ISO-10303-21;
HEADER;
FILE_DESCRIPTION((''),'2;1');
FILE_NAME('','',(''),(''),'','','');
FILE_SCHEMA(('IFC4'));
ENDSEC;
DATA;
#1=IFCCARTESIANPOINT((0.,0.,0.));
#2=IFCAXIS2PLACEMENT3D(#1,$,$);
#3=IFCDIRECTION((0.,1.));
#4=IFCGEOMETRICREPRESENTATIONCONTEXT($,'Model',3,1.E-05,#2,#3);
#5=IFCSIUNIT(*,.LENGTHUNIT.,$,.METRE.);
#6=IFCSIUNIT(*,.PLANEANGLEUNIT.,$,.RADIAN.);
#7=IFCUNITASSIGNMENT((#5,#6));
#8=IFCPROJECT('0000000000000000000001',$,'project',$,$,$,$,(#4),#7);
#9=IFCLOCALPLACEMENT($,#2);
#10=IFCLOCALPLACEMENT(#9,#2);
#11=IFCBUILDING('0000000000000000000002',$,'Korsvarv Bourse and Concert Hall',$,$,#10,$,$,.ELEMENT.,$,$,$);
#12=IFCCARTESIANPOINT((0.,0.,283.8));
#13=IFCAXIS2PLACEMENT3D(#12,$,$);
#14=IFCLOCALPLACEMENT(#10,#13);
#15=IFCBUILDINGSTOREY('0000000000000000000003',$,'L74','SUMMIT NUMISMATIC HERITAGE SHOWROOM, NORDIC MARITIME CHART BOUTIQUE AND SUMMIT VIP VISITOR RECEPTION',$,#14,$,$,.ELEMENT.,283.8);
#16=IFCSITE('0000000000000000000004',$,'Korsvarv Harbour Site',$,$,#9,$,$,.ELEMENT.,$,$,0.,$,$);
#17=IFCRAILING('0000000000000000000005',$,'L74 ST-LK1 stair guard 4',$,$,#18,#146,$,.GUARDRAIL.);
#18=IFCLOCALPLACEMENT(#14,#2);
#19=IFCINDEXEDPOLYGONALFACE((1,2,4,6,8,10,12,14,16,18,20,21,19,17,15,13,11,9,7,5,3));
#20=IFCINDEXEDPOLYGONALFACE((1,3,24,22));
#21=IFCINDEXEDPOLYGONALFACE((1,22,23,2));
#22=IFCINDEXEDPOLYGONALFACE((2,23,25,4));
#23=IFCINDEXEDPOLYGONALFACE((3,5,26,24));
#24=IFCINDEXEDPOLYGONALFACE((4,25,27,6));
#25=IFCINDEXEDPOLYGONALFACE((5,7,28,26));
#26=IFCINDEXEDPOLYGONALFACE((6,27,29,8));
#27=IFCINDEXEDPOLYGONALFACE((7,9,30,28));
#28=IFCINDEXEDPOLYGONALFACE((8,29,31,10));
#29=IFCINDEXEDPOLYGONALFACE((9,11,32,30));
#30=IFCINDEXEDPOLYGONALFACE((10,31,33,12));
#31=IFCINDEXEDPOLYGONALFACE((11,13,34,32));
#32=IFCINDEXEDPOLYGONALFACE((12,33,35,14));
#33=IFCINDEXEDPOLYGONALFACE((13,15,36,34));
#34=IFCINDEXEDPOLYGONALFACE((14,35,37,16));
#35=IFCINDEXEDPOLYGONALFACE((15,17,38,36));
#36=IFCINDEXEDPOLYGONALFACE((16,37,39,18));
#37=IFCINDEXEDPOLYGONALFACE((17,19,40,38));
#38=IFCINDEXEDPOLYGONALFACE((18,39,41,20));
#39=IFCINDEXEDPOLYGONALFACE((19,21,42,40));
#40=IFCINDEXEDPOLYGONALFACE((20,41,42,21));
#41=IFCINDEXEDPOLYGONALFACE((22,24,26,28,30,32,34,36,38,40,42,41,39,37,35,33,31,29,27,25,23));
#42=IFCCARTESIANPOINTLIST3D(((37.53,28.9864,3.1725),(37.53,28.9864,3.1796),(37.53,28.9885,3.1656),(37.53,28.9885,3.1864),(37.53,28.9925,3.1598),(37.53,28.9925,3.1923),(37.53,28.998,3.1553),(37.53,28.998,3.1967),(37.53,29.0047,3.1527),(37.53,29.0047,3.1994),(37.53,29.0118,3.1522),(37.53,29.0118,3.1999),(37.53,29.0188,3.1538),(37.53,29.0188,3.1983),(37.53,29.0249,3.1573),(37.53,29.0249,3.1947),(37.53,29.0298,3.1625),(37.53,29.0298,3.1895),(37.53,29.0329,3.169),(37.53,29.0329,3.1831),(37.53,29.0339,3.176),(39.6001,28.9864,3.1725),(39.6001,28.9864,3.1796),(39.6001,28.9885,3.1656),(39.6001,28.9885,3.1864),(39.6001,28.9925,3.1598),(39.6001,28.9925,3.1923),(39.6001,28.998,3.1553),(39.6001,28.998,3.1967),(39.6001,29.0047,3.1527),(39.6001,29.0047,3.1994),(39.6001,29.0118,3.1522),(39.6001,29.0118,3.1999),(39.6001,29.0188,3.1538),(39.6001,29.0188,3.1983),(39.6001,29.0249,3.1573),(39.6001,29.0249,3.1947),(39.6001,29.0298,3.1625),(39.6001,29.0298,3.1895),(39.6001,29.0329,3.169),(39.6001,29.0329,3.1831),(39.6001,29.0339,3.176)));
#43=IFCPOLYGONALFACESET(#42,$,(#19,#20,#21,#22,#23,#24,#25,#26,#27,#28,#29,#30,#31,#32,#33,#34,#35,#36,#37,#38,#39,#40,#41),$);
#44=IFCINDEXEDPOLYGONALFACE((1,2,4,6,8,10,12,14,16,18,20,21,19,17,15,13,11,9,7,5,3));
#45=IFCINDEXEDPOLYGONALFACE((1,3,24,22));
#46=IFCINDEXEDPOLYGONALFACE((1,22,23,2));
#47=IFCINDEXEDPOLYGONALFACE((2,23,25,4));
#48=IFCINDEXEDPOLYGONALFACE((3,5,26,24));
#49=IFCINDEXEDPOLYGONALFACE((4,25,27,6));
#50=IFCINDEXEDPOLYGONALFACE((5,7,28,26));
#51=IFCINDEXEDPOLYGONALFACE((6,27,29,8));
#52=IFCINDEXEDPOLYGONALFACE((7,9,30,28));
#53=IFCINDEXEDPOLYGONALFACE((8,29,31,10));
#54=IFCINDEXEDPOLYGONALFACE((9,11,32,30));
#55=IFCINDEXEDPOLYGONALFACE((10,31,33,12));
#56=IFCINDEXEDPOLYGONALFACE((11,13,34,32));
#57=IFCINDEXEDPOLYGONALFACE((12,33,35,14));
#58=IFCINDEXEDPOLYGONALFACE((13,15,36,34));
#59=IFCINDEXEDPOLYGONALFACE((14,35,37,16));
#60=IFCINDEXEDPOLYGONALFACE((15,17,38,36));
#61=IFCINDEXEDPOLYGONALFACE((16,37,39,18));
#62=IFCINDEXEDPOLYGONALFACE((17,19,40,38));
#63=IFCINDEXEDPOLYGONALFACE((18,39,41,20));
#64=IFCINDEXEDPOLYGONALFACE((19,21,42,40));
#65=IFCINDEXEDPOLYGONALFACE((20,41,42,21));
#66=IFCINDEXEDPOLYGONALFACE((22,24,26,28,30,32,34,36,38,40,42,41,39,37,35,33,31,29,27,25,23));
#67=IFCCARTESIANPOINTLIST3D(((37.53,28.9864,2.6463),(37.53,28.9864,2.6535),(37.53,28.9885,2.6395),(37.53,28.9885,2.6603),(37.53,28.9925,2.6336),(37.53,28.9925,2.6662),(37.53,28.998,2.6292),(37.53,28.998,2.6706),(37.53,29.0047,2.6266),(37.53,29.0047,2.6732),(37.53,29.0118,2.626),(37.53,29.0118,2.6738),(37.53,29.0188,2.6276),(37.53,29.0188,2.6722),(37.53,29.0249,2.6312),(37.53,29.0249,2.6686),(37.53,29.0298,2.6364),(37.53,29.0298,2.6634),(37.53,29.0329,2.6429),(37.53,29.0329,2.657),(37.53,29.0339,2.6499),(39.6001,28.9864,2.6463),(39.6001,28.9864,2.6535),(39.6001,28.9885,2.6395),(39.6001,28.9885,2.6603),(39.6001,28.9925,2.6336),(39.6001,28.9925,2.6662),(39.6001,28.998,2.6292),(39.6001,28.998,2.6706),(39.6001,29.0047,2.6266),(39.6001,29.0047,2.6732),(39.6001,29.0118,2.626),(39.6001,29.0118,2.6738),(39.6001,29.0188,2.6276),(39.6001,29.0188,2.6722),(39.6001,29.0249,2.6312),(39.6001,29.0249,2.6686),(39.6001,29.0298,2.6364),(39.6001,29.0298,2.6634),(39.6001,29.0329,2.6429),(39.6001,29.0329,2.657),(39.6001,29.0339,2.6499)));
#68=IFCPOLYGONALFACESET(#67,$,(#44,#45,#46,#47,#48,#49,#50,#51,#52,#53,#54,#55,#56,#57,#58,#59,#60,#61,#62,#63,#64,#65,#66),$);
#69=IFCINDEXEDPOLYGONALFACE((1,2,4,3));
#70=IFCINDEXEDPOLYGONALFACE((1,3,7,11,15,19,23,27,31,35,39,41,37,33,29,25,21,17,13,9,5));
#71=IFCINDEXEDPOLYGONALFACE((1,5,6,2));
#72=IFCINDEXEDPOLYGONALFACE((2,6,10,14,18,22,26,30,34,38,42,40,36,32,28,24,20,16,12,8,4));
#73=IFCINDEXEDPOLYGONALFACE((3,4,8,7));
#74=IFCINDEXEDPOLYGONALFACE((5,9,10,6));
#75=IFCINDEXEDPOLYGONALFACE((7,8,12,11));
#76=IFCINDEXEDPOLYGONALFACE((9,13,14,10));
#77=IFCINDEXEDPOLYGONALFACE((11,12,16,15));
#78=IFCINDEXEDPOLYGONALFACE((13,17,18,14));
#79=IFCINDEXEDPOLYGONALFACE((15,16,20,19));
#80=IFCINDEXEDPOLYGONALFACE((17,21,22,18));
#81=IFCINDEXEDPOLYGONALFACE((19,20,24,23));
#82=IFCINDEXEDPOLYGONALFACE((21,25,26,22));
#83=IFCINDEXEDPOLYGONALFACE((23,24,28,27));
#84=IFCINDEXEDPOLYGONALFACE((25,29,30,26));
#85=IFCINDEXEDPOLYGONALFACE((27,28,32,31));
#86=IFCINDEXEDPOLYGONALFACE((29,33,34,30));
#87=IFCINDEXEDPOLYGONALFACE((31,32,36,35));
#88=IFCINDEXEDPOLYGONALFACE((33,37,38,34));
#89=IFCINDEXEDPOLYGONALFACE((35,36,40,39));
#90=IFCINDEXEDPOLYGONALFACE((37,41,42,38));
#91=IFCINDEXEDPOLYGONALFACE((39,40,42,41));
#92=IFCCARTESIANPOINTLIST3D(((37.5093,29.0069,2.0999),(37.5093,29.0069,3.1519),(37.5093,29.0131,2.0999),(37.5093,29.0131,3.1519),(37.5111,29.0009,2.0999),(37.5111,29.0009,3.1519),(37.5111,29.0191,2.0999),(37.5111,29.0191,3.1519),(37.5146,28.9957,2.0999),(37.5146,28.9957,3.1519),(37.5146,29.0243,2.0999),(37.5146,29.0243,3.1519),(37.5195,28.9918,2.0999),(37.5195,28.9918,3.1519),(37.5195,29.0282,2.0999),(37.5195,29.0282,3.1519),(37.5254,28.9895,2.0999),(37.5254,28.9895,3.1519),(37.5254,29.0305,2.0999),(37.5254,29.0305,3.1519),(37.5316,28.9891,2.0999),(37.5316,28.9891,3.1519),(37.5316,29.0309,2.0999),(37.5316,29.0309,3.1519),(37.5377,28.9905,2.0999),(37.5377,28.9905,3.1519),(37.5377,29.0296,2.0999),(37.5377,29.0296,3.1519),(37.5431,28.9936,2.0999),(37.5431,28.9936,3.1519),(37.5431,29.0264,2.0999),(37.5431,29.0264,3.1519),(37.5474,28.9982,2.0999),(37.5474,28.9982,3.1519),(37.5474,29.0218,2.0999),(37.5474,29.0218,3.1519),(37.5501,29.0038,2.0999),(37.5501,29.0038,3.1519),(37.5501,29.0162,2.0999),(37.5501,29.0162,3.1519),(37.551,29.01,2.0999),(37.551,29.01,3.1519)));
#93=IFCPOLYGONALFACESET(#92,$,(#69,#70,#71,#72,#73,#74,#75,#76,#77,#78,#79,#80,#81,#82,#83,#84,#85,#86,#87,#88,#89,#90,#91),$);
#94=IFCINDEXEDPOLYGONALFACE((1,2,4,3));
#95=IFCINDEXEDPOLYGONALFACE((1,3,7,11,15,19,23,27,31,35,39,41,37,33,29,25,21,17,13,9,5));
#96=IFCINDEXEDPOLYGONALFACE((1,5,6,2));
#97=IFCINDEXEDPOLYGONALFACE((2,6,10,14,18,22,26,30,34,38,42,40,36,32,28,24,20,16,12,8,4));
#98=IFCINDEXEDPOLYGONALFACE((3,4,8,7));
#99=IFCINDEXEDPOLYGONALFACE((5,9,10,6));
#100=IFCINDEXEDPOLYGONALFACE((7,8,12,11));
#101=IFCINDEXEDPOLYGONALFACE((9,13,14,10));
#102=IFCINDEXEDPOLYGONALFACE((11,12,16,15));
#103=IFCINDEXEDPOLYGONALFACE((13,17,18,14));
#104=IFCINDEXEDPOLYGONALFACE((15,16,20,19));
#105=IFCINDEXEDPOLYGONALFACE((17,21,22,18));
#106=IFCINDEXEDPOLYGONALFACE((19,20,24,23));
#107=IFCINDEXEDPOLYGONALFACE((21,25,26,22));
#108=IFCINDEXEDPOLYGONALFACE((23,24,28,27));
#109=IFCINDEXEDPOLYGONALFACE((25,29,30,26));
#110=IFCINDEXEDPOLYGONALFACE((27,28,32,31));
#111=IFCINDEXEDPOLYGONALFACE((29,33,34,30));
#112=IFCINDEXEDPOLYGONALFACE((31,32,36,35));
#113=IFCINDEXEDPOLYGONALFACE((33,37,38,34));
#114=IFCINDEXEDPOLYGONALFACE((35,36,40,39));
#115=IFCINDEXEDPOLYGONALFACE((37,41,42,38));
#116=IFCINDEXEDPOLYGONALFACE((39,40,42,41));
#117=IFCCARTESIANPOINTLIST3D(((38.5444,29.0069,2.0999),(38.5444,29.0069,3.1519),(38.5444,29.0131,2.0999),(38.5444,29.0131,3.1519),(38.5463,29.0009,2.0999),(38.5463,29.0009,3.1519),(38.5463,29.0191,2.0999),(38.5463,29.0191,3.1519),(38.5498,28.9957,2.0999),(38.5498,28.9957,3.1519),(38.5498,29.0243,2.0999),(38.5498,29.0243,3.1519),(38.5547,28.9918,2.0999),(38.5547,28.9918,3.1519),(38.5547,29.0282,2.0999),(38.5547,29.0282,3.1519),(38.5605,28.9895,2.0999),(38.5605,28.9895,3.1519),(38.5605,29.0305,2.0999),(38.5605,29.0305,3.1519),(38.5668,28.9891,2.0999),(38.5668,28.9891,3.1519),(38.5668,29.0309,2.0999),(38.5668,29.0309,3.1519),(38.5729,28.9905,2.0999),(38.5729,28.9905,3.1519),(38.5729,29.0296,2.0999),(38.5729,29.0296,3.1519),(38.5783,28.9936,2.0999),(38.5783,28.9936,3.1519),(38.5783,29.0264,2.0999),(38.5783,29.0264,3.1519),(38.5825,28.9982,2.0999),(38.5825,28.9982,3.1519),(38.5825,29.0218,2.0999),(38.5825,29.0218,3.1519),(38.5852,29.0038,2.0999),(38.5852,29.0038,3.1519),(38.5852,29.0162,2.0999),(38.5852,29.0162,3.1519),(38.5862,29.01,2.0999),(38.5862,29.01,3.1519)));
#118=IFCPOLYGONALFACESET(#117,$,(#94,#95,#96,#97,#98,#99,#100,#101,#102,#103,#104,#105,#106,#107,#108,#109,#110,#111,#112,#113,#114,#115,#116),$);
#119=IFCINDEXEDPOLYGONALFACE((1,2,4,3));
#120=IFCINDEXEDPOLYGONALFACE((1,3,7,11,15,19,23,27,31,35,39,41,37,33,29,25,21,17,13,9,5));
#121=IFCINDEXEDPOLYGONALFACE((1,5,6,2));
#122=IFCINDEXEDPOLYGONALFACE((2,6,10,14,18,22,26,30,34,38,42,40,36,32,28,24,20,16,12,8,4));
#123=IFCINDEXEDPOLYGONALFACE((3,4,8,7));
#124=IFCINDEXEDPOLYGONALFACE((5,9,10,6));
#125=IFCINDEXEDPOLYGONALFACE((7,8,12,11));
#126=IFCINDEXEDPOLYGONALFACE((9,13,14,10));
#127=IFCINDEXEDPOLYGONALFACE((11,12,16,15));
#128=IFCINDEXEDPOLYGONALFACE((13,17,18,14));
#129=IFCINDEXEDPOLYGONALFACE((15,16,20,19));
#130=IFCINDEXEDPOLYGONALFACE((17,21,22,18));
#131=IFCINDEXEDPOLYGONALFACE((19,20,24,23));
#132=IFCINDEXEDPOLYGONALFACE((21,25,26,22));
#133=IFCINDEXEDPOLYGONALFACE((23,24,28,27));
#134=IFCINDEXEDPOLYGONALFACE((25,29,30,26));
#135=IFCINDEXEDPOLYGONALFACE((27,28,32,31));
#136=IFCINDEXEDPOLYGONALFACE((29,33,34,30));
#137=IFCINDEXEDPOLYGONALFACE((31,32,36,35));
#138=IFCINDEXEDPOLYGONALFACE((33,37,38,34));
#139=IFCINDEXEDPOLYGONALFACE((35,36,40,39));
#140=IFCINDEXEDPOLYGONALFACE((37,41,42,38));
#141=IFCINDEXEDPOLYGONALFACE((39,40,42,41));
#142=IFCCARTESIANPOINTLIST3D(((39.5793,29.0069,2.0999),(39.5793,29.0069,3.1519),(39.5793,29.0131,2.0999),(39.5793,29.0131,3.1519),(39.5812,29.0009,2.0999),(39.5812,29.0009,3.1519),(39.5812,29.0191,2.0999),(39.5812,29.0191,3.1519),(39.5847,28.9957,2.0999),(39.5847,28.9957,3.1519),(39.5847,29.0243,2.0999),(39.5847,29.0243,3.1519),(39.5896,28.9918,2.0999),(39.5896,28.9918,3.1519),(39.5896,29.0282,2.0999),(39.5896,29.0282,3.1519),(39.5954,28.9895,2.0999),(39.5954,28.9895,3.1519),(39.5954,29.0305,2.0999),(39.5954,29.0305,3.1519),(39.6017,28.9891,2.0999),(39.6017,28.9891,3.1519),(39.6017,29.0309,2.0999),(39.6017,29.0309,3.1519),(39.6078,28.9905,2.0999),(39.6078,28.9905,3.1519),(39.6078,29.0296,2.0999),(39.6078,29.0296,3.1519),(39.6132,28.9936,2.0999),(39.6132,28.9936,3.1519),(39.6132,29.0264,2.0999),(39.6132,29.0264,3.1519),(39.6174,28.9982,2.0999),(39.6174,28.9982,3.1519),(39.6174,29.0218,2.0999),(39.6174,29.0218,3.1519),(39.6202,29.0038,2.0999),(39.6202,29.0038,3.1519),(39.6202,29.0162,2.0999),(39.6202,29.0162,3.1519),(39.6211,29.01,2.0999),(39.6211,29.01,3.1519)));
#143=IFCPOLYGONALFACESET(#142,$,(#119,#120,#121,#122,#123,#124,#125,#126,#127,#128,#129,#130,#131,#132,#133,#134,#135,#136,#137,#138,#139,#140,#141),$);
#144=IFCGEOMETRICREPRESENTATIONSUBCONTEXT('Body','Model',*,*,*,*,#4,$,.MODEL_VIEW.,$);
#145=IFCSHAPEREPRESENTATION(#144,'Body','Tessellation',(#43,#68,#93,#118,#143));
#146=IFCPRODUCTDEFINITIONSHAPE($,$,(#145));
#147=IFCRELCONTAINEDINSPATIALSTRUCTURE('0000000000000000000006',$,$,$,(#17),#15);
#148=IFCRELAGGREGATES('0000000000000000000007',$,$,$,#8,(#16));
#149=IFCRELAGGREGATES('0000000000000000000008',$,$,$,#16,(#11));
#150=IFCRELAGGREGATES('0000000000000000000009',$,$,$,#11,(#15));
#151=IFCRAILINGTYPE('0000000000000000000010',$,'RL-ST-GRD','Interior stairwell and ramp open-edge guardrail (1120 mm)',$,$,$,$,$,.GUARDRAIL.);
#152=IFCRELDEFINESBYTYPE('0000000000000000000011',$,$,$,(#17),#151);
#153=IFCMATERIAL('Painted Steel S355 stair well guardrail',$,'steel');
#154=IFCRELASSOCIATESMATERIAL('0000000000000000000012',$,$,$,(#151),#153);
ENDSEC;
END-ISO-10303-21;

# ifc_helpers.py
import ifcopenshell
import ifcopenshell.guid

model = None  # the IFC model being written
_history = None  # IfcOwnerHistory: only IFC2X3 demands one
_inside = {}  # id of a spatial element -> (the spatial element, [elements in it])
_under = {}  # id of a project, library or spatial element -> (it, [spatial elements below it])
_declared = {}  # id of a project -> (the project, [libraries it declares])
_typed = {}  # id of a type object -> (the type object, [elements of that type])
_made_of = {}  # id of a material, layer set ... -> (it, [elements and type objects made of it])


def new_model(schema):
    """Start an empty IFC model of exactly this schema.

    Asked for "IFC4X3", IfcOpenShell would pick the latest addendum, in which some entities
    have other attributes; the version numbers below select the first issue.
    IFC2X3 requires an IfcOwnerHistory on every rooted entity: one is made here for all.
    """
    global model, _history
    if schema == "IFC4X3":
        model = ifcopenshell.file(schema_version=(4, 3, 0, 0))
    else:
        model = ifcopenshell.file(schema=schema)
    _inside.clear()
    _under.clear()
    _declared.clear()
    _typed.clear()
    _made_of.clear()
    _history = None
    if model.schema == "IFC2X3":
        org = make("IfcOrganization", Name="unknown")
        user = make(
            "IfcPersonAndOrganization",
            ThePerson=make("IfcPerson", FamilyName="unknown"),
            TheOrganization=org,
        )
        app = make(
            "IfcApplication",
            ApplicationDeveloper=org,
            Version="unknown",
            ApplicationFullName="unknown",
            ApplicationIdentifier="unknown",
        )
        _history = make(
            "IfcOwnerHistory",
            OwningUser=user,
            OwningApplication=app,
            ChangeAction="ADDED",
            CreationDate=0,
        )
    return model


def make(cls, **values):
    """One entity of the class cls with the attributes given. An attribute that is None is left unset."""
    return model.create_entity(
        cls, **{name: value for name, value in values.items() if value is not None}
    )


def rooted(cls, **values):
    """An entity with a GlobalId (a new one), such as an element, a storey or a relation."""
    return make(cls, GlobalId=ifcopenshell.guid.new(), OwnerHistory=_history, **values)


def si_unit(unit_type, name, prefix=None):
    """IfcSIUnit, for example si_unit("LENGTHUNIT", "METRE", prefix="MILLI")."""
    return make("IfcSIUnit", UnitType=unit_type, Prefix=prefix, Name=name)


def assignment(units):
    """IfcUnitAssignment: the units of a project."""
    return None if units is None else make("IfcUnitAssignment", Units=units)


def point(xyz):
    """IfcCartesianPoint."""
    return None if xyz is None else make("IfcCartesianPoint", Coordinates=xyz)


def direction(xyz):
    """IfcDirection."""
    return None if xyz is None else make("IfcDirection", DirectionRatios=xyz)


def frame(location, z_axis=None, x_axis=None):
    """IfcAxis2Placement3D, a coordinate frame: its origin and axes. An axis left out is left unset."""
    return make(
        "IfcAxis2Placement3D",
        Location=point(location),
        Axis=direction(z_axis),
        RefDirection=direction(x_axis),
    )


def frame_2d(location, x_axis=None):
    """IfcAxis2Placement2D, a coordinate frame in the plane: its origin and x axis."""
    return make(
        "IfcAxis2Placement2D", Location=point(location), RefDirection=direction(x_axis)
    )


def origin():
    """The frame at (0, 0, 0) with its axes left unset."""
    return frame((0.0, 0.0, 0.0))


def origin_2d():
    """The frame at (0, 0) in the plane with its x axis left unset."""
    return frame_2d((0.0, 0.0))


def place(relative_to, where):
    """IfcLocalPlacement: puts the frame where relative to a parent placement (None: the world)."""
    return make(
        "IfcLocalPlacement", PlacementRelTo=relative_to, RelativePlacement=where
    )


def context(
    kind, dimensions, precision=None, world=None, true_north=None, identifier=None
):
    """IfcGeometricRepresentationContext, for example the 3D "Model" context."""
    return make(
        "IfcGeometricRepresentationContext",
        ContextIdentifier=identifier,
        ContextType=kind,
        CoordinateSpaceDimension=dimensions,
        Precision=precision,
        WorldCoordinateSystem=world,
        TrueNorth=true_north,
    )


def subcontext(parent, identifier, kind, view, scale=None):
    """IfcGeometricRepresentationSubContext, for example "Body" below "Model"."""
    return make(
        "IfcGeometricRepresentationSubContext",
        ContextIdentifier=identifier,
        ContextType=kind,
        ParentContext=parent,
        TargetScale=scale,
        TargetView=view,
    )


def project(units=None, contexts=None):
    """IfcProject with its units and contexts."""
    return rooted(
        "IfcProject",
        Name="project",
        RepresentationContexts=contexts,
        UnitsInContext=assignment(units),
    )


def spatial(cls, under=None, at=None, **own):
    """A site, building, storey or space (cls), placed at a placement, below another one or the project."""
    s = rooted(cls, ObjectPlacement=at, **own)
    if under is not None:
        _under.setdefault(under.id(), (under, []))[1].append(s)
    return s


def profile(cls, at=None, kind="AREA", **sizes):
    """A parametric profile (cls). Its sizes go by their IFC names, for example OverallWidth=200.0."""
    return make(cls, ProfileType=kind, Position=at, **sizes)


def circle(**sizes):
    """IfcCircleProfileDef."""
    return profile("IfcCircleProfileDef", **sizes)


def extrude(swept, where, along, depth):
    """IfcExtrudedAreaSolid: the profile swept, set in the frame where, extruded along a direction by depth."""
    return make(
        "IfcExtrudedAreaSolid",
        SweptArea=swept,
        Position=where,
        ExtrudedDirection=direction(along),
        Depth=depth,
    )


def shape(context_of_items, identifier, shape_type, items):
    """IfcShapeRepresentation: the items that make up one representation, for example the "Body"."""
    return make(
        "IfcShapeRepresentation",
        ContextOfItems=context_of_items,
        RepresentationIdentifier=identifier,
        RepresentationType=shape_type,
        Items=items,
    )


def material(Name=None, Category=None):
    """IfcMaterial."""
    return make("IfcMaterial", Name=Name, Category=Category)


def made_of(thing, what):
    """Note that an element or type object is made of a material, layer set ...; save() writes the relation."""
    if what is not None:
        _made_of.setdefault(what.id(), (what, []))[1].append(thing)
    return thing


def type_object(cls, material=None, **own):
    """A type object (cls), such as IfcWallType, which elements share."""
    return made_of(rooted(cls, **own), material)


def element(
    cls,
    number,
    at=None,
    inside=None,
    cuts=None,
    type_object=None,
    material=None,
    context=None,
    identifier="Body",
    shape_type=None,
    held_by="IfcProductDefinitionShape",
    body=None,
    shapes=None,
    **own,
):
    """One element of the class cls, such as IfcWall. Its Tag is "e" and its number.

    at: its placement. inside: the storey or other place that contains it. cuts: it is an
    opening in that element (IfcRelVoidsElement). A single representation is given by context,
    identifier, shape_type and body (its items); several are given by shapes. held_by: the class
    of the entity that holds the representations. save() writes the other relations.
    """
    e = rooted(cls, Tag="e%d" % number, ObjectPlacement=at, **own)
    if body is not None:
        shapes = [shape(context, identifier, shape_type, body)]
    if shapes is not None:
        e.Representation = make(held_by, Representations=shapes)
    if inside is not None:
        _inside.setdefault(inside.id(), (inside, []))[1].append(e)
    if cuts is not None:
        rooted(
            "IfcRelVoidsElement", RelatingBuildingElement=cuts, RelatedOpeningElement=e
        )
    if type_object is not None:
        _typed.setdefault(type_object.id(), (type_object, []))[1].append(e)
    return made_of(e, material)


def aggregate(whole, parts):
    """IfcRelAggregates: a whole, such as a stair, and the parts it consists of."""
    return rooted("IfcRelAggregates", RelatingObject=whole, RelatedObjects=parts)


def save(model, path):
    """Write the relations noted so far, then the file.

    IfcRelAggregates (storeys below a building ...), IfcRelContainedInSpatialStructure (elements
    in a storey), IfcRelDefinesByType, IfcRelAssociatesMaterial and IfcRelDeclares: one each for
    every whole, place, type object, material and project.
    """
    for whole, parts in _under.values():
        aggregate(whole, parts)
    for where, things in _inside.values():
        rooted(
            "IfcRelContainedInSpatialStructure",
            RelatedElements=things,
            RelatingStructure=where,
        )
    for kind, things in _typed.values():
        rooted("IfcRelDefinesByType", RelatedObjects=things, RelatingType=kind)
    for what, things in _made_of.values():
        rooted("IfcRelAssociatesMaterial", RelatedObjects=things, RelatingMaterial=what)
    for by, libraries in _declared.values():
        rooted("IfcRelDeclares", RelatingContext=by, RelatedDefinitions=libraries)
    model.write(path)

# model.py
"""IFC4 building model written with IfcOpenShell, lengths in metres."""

from ifc_helpers import new_model, si_unit, direction, frame, origin, origin_2d, place, context, subcontext, project, spatial, circle, extrude, material, type_object, element, save


model = new_model("IFC4")

# Units and contexts
model_context = context("Model", 3, precision=1e-05, world=origin(), true_north=direction((0.0, 1.0)))
body_context = subcontext(model_context, "Body", "Model", "MODEL_VIEW")
ifc_project = project(units=[si_unit("LENGTHUNIT", "METRE"), si_unit("PLANEANGLEUNIT", "RADIAN")], contexts=[model_context])

# Site, building, storey
site_placement = place(None, origin())
site = spatial("IfcSite", under=ifc_project, at=site_placement, Name="Korsvarv Harbour Site", CompositionType="ELEMENT", RefElevation=0.0)
building_placement = place(site_placement, origin())
building = spatial("IfcBuilding", under=site, at=building_placement, Name="Korsvarv Bourse and Concert Hall", CompositionType="ELEMENT")
storey_placement = place(building_placement, frame((0.0, 0.0, 283.8)))
storey = spatial("IfcBuildingStorey", under=building, at=storey_placement, Name="L74", Description="SUMMIT NUMISMATIC HERITAGE SHOWROOM, NORDIC MARITIME CHART BOUTIQUE AND SUMMIT VIP VISITOR RECEPTION", CompositionType="ELEMENT", Elevation=283.8)

# Railing
ifc_material_1 = material(Name="Painted Steel S355 stair well guardrail", Category="steel")
railing_type_1 = type_object("IfcRailingType", Name="RL-ST-GRD", Description="Interior stairwell and ramp open-edge guardrail (1120 mm)", PredefinedType="GUARDRAIL", material=ifc_material_1)
railing_1_placement = place(storey_placement, frame((37.53, 29.01, 2.0999)))
element("IfcRailing", 1, at=railing_1_placement, inside=storey, type_object=railing_type_1, Name="L74 ST-LK1 stair guard 4", PredefinedType="GUARDRAIL", context=body_context, shape_type="SweptSolid", body=[
    extrude(circle(Radius=0.0239, at=origin_2d()), frame((0.0, 0.0, 1.0762), z_axis=(1.0, 0.0, 0.0), x_axis=(0.0, 1.0, 0.0)), (0.0, 0.0, 1.0), 2.0701),
    extrude(circle(Radius=0.0239, at=origin_2d()), frame((0.0, 0.0, 0.55), z_axis=(1.0, 0.0, 0.0), x_axis=(0.0, 1.0, 0.0)), (0.0, 0.0, 1.0), 2.0701),
    extrude(circle(Radius=0.021, at=origin_2d()), origin(), (0.0, 0.0, 1.0), 1.052),
    extrude(circle(Radius=0.021, at=origin_2d()), frame((1.0352, 0.0, 0.0)), (0.0, 0.0, 1.0), 1.052),
    extrude(circle(Radius=0.021, at=origin_2d()), frame((2.0701, 0.0, 0.0)), (0.0, 0.0, 1.0), 1.052),
])

save(model, "model.ifc")
